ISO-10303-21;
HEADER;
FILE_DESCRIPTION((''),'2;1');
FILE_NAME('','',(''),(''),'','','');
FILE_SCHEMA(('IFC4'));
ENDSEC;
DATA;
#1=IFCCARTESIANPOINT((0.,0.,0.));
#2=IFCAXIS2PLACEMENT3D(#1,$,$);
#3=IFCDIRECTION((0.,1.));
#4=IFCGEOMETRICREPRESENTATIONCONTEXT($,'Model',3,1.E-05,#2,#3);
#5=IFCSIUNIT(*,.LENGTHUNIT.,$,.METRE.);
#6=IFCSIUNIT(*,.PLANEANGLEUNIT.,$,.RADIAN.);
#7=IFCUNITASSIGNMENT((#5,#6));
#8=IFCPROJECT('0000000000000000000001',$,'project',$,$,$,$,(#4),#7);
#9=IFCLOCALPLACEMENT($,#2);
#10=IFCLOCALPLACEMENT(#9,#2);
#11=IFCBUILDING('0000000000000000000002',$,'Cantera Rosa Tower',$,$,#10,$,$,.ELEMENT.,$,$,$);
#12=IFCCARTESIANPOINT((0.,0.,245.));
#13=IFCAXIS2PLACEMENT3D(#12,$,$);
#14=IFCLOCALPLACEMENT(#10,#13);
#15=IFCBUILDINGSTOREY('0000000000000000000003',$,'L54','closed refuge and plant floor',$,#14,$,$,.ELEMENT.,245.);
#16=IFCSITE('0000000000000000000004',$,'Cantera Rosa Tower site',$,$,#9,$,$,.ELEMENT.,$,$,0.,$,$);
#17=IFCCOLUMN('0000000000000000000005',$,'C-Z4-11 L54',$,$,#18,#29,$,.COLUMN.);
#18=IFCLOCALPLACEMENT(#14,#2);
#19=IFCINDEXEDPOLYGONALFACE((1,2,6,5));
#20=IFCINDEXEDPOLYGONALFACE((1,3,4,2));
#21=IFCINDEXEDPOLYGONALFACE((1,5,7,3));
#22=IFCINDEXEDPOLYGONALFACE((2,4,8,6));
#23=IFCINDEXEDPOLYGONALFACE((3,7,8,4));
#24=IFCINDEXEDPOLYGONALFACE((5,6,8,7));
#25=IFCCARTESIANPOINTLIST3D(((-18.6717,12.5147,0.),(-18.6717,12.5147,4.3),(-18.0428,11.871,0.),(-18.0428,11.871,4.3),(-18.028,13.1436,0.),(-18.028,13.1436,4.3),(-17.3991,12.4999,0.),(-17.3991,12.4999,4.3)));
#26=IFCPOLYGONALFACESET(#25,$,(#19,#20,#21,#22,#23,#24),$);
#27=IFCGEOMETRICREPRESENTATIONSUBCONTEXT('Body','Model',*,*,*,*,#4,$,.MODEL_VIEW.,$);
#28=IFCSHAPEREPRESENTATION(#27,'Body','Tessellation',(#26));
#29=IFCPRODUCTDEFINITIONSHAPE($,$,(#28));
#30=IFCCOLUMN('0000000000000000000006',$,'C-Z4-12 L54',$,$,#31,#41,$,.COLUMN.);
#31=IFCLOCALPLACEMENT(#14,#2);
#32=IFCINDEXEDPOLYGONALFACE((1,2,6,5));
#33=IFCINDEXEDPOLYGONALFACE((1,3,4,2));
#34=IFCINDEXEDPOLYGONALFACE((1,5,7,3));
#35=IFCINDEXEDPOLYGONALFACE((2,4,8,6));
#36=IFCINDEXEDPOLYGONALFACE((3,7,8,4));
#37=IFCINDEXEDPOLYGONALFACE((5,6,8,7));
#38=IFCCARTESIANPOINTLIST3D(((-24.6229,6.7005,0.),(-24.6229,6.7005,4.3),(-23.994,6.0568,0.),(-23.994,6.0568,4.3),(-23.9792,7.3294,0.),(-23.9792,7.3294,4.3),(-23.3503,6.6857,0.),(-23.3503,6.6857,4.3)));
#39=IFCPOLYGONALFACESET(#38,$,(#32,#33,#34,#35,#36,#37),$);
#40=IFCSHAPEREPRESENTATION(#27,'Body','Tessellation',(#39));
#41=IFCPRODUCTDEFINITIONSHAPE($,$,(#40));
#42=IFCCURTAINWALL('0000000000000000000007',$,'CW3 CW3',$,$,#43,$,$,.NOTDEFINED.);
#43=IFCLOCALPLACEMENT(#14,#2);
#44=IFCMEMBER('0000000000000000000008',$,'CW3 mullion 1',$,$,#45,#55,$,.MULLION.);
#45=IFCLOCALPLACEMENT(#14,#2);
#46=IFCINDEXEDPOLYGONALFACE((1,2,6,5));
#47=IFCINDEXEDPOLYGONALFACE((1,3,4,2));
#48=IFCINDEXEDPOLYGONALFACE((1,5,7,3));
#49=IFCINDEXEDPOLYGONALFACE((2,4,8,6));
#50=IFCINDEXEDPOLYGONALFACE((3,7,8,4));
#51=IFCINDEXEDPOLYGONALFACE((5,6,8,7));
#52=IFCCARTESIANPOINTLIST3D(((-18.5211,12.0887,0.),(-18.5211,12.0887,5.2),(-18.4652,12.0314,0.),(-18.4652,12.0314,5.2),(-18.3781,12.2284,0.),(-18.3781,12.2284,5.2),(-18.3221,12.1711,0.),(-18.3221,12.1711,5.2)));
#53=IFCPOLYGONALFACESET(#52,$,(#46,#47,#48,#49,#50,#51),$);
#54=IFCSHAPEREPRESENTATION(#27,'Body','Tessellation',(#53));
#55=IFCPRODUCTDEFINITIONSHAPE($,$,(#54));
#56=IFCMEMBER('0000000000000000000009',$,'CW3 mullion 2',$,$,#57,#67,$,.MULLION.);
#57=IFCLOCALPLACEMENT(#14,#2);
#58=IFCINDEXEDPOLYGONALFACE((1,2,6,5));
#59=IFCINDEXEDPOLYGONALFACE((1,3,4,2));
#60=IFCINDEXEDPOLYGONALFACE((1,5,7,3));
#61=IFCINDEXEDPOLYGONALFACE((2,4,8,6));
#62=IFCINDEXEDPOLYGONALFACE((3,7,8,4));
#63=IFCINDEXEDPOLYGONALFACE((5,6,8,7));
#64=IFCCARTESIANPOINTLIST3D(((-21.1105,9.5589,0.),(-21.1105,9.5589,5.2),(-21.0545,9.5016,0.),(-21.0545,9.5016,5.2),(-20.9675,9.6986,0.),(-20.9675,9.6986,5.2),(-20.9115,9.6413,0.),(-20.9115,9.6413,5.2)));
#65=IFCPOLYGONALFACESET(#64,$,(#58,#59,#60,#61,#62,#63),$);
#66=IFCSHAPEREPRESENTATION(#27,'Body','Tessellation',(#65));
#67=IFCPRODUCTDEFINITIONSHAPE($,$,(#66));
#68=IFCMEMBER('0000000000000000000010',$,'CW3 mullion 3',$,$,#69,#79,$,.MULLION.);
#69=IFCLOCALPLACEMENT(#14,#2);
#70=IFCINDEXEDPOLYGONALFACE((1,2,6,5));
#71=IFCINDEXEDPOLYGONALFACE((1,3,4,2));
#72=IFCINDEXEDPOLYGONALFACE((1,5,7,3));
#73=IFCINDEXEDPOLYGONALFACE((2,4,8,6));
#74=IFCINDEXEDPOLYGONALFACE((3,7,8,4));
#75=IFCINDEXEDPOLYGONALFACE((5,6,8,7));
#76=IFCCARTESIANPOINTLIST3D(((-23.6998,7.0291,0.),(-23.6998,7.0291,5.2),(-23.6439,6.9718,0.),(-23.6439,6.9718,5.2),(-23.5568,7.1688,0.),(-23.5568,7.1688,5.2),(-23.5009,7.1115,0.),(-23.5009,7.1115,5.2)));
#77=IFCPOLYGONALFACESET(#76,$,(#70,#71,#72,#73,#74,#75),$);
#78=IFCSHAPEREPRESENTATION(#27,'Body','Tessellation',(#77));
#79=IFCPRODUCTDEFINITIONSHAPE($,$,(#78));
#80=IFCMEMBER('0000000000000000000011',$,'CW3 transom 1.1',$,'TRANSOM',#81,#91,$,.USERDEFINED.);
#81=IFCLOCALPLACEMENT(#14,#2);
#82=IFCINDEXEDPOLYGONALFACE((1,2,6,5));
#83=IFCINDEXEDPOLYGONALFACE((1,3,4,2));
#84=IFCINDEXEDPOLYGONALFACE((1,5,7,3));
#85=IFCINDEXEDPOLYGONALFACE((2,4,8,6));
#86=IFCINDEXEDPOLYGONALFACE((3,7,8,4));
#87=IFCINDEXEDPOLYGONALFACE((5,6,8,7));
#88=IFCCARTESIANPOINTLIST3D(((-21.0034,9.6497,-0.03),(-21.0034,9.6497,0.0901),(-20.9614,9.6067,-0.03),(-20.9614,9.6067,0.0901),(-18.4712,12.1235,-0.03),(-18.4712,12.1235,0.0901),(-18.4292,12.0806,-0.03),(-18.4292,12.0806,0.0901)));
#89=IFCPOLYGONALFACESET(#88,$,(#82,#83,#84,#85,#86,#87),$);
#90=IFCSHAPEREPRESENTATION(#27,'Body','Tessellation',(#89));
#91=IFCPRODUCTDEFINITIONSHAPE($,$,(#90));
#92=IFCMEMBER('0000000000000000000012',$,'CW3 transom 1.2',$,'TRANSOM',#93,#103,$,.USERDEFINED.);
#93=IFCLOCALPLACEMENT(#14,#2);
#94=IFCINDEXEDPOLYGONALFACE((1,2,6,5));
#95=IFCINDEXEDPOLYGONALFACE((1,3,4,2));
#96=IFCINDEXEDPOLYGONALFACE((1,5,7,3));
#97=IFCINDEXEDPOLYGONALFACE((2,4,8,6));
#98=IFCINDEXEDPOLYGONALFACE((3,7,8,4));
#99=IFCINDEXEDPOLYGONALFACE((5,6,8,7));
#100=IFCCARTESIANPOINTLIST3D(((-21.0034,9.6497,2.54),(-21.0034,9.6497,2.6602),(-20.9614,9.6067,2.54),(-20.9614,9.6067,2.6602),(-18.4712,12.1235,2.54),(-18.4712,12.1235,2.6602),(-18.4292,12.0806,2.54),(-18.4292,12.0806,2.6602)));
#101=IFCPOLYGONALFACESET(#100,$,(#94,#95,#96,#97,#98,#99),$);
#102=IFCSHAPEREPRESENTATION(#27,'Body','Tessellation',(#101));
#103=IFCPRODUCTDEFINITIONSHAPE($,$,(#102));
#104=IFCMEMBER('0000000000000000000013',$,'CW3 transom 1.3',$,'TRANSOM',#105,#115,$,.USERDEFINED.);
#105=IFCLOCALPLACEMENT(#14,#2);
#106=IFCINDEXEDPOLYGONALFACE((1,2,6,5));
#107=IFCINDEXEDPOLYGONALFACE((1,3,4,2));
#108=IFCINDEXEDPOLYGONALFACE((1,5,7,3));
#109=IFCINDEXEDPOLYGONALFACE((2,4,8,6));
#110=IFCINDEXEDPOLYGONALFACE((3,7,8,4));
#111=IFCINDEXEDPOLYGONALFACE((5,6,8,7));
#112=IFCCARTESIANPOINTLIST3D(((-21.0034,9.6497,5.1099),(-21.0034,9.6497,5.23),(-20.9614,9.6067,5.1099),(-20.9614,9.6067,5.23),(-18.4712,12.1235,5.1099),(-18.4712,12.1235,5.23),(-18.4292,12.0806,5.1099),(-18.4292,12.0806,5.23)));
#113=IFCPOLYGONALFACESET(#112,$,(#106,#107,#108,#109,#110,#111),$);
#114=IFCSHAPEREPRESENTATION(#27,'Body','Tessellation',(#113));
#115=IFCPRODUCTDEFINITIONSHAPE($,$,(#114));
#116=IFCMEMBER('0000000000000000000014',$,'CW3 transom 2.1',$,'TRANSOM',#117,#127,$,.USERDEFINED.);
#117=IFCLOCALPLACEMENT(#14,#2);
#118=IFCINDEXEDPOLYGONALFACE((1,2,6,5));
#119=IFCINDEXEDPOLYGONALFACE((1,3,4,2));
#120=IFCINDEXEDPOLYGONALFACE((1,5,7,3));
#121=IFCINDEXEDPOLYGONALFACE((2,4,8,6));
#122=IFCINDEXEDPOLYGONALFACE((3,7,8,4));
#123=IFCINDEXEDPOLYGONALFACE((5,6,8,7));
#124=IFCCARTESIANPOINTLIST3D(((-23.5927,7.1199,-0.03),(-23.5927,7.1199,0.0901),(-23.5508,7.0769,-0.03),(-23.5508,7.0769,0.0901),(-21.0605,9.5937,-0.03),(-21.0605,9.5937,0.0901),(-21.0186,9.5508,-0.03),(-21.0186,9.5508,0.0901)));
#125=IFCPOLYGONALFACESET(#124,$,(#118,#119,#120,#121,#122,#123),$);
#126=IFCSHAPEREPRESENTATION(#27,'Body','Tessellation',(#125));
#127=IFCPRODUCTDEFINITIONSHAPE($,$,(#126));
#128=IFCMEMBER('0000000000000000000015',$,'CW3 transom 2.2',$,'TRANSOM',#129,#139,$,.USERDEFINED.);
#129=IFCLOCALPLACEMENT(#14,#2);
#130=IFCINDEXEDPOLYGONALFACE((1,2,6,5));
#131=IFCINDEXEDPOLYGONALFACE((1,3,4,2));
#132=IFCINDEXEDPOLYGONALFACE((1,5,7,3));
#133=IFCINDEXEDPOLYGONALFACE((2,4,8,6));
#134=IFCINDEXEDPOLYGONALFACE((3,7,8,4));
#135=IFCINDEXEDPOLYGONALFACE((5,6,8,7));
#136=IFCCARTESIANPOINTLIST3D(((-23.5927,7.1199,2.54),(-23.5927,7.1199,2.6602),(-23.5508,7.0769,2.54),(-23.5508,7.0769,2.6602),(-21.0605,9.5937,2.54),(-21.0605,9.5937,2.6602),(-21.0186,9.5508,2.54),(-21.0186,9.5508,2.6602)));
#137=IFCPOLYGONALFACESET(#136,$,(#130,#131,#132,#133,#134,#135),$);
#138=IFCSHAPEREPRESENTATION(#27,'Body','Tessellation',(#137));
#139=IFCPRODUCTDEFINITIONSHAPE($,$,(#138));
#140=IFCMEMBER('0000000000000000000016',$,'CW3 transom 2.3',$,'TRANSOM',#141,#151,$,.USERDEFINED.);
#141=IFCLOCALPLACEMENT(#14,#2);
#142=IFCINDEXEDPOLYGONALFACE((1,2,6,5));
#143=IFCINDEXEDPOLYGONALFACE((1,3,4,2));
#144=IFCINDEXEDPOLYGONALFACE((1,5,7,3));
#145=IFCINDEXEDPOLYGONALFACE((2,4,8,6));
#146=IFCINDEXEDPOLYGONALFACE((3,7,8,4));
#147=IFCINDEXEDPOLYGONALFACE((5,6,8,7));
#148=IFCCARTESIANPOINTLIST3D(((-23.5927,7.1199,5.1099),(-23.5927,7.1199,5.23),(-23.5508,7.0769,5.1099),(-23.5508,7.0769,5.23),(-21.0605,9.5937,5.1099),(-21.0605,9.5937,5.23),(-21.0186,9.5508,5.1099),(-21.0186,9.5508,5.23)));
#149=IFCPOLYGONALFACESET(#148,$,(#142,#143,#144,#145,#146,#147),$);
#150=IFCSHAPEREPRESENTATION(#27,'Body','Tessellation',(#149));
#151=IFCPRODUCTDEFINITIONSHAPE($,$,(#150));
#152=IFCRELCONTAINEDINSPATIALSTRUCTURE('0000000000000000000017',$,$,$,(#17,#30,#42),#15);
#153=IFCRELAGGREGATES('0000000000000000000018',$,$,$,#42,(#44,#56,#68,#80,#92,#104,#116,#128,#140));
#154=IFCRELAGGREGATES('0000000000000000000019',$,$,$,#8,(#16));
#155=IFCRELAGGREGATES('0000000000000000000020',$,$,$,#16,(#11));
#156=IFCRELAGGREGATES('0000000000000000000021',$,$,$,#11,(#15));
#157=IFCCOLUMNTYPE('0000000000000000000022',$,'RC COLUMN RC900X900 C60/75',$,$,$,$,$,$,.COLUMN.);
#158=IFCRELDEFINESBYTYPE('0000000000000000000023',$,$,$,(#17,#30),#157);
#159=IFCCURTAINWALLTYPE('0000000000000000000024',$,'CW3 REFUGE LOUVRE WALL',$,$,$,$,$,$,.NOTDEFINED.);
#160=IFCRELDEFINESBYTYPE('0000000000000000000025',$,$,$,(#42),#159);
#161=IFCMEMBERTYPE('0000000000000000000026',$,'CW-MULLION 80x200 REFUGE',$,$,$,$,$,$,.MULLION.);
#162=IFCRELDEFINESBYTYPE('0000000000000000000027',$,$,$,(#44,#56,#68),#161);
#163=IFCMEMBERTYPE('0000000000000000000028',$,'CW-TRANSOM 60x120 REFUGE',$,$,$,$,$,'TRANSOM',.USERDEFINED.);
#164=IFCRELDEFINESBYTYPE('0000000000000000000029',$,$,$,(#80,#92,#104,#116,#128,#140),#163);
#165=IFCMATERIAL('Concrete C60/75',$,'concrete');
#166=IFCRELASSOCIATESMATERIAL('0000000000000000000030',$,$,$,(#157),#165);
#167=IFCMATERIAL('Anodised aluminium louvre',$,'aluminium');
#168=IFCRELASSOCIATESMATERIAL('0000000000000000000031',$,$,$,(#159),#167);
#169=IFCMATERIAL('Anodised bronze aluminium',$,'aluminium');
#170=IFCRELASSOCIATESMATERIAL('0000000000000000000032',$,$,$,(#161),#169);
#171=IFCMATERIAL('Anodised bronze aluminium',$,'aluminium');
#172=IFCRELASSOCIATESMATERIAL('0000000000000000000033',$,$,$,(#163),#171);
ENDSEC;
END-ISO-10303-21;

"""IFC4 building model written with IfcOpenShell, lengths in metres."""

from ifc_helpers import new_model, si_unit, direction, frame, origin, origin_2d, place, context, subcontext, project, spatial, rectangle, extrude, material, material_profile, profile_set, type_object, element, aggregate, save


model = new_model("IFC4")

# Units and contexts
model_context = context("Model", 3, precision=1e-05, world=origin(), true_north=direction((0.0, 1.0)))
body_context = subcontext(model_context, "Body", "Model", "MODEL_VIEW")
ifc_project = project(units=[si_unit("LENGTHUNIT", "METRE"), si_unit("PLANEANGLEUNIT", "RADIAN")], contexts=[model_context])

# Site, building, storey
site_placement = place(None, origin())
site = spatial("IfcSite", under=ifc_project, at=site_placement, Name="Cantera Rosa Tower site", CompositionType="ELEMENT", RefElevation=0.0)
building_placement = place(site_placement, origin())
building = spatial("IfcBuilding", under=site, at=building_placement, Name="Cantera Rosa Tower", CompositionType="ELEMENT")
storey_placement = place(building_placement, frame((0.0, 0.0, 245.0)))
storey = spatial("IfcBuildingStorey", under=building, at=storey_placement, Name="L54", Description="closed refuge and plant floor", CompositionType="ELEMENT", Elevation=245.0)

# Columns
ifc_material_1 = material(Name="Concrete C60/75", Category="concrete")
ifc_material_profile_1 = material_profile(ifc_material_1, rectangle(XDim=0.8999, YDim=0.8999, at=origin_2d()), Name="RC COLUMN RC900X900 C60/75")
ifc_profile_set_1 = profile_set([ifc_material_profile_1], Name="Concrete C60/75")
column_type = type_object("IfcColumnType", Name="RC COLUMN RC900X900 C60/75", PredefinedType="COLUMN", material=ifc_profile_set_1)
for number, where, z_axis, x_axis, name in (
    (1, (-18.0354, 12.5073, 0.0), (0.0, 0.0, 1.0), (0.715286, 0.698832, 0.0), "C-Z4-11 L54"),
    (2, (-23.9866, 6.6931, 0.0), (0.0, 0.0, 1.0), (0.715286, 0.698832, 0.0), "C-Z4-12 L54"),
):
    element("IfcColumn", number, at=place(storey_placement, frame(where, z_axis=z_axis, x_axis=x_axis)), inside=storey, type_object=column_type, Name=name, PredefinedType="COLUMN", context=body_context, shape_type="SweptSolid", body=[
        extrude(rectangle(XDim=0.8999, YDim=0.8999, at=origin_2d()), origin(), (0.0, 0.0, 1.0), 4.3),
    ])

# Curtain wall, members
ifc_material_2 = material(Name="Anodised aluminium louvre", Category="aluminium")
curtain_wall_type = type_object("IfcCurtainWallType", Name="CW3 REFUGE LOUVRE WALL", PredefinedType="NOTDEFINED", material=ifc_material_2)
curtain_wall_placement = place(storey_placement, origin())
curtain_wall = element("IfcCurtainWall", 3, at=curtain_wall_placement, inside=storey, type_object=curtain_wall_type, Name="CW3 CW3", PredefinedType="NOTDEFINED")
ifc_material_3 = material(Name="Anodised bronze aluminium", Category="aluminium")
ifc_material_profile_2 = material_profile(ifc_material_3, rectangle(XDim=0.0801, YDim=0.2, at=origin_2d()), Name="CW-MULLION 80x200 REFUGE")
ifc_profile_set_2 = profile_set([ifc_material_profile_2], Name="Anodised bronze aluminium")
member_type_1 = type_object("IfcMemberType", Name="CW-MULLION 80x200 REFUGE", PredefinedType="MULLION", material=ifc_profile_set_2)
member_1_placement = place(storey_placement, frame((-18.4216, 12.1299, 0.0), z_axis=(0.0, 0.0, 1.0), x_axis=(0.698832, -0.715286, 0.0)))
member_1 = element("IfcMember", 4, at=member_1_placement, type_object=member_type_1, Name="CW3 mullion 1", PredefinedType="MULLION", context=body_context, shape_type="SweptSolid", body=[
    extrude(rectangle(XDim=0.0801, YDim=0.2, at=origin_2d()), origin(), (0.0, 0.0, 1.0), 5.2),
])
member_2_placement = place(storey_placement, frame((-21.011, 9.6001, 0.0), z_axis=(0.0, 0.0, 1.0), x_axis=(0.698832, -0.715286, 0.0)))
member_2 = element("IfcMember", 5, at=member_2_placement, type_object=member_type_1, Name="CW3 mullion 2", PredefinedType="MULLION", context=body_context, shape_type="SweptSolid", body=[
    extrude(rectangle(XDim=0.0801, YDim=0.2, at=origin_2d()), origin(), (0.0, 0.0, 1.0), 5.2),
])
member_3_placement = place(storey_placement, frame((-23.6003, 7.0703, 0.0), z_axis=(0.0, 0.0, 1.0), x_axis=(0.698832, -0.715286, 0.0)))
member_3 = element("IfcMember", 6, at=member_3_placement, type_object=member_type_1, Name="CW3 mullion 3", PredefinedType="MULLION", context=body_context, shape_type="SweptSolid", body=[
    extrude(rectangle(XDim=0.0801, YDim=0.2, at=origin_2d()), origin(), (0.0, 0.0, 1.0), 5.2),
])
ifc_material_4 = material(Name="Anodised bronze aluminium", Category="aluminium")
ifc_material_profile_3 = material_profile(ifc_material_4, rectangle(XDim=0.0601, YDim=0.1201, at=origin_2d()), Name="CW-TRANSOM 60x120 REFUGE")
ifc_profile_set_3 = profile_set([ifc_material_profile_3], Name="Anodised bronze aluminium")
member_type_2 = type_object("IfcMemberType", Name="CW-TRANSOM 60x120 REFUGE", ElementType="TRANSOM", PredefinedType="USERDEFINED", material=ifc_profile_set_3)
member_4_placement = place(storey_placement, frame((-18.4502, 12.1021, 0.03), z_axis=(-0.7153, -0.698817, 0.0), x_axis=(0.698817, -0.7153, 0.0)))
member_4 = element("IfcMember", 7, at=member_4_placement, type_object=member_type_2, Name="CW3 transom 1.1", ObjectType="TRANSOM", PredefinedType="USERDEFINED", context=body_context, shape_type="SweptSolid", body=[
    extrude(rectangle(XDim=0.0601, YDim=0.1201, at=origin_2d()), origin(), (0.0, 0.0, 1.0), 3.54),
])
member_5_placement = place(storey_placement, frame((-18.4502, 12.1021, 2.6001), z_axis=(-0.7153, -0.698817, 0.0), x_axis=(0.698817, -0.7153, 0.0)))
member_5 = element("IfcMember", 8, at=member_5_placement, type_object=member_type_2, Name="CW3 transom 1.2", ObjectType="TRANSOM", PredefinedType="USERDEFINED", context=body_context, shape_type="SweptSolid", body=[
    extrude(rectangle(XDim=0.0601, YDim=0.1201, at=origin_2d()), origin(), (0.0, 0.0, 1.0), 3.54),
])
member_6_placement = place(storey_placement, frame((-18.4502, 12.1021, 5.1699), z_axis=(-0.7153, -0.698817, 0.0), x_axis=(0.698817, -0.7153, 0.0)))
member_6 = element("IfcMember", 9, at=member_6_placement, type_object=member_type_2, Name="CW3 transom 1.3", ObjectType="TRANSOM", PredefinedType="USERDEFINED", context=body_context, shape_type="SweptSolid", body=[
    extrude(rectangle(XDim=0.0601, YDim=0.1201, at=origin_2d()), origin(), (0.0, 0.0, 1.0), 3.54),
])
member_7_placement = place(storey_placement, frame((-21.0396, 9.5723, 0.03), z_axis=(-0.7153, -0.698817, 0.0), x_axis=(0.698817, -0.7153, 0.0)))
member_7 = element("IfcMember", 10, at=member_7_placement, type_object=member_type_2, Name="CW3 transom 2.1", ObjectType="TRANSOM", PredefinedType="USERDEFINED", context=body_context, shape_type="SweptSolid", body=[
    extrude(rectangle(XDim=0.0601, YDim=0.1201, at=origin_2d()), origin(), (0.0, 0.0, 1.0), 3.54),
])
member_8_placement = place(storey_placement, frame((-21.0396, 9.5723, 2.6001), z_axis=(-0.7153, -0.698817, 0.0), x_axis=(0.698817, -0.7153, 0.0)))
member_8 = element("IfcMember", 11, at=member_8_placement, type_object=member_type_2, Name="CW3 transom 2.2", ObjectType="TRANSOM", PredefinedType="USERDEFINED", context=body_context, shape_type="SweptSolid", body=[
    extrude(rectangle(XDim=0.0601, YDim=0.1201, at=origin_2d()), origin(), (0.0, 0.0, 1.0), 3.54),
])
member_9_placement = place(storey_placement, frame((-21.0396, 9.5723, 5.1699), z_axis=(-0.7153, -0.698817, 0.0), x_axis=(0.698817, -0.7153, 0.0)))
member_9 = element("IfcMember", 12, at=member_9_placement, type_object=member_type_2, Name="CW3 transom 2.3", ObjectType="TRANSOM", PredefinedType="USERDEFINED", context=body_context, shape_type="SweptSolid", body=[
    extrude(rectangle(XDim=0.0601, YDim=0.1201, at=origin_2d()), origin(), (0.0, 0.0, 1.0), 3.54),
])

aggregate(curtain_wall, [member_1, member_2, member_3, member_4, member_5, member_6, member_7, member_8, member_9])

save(model, "model.ifc")
